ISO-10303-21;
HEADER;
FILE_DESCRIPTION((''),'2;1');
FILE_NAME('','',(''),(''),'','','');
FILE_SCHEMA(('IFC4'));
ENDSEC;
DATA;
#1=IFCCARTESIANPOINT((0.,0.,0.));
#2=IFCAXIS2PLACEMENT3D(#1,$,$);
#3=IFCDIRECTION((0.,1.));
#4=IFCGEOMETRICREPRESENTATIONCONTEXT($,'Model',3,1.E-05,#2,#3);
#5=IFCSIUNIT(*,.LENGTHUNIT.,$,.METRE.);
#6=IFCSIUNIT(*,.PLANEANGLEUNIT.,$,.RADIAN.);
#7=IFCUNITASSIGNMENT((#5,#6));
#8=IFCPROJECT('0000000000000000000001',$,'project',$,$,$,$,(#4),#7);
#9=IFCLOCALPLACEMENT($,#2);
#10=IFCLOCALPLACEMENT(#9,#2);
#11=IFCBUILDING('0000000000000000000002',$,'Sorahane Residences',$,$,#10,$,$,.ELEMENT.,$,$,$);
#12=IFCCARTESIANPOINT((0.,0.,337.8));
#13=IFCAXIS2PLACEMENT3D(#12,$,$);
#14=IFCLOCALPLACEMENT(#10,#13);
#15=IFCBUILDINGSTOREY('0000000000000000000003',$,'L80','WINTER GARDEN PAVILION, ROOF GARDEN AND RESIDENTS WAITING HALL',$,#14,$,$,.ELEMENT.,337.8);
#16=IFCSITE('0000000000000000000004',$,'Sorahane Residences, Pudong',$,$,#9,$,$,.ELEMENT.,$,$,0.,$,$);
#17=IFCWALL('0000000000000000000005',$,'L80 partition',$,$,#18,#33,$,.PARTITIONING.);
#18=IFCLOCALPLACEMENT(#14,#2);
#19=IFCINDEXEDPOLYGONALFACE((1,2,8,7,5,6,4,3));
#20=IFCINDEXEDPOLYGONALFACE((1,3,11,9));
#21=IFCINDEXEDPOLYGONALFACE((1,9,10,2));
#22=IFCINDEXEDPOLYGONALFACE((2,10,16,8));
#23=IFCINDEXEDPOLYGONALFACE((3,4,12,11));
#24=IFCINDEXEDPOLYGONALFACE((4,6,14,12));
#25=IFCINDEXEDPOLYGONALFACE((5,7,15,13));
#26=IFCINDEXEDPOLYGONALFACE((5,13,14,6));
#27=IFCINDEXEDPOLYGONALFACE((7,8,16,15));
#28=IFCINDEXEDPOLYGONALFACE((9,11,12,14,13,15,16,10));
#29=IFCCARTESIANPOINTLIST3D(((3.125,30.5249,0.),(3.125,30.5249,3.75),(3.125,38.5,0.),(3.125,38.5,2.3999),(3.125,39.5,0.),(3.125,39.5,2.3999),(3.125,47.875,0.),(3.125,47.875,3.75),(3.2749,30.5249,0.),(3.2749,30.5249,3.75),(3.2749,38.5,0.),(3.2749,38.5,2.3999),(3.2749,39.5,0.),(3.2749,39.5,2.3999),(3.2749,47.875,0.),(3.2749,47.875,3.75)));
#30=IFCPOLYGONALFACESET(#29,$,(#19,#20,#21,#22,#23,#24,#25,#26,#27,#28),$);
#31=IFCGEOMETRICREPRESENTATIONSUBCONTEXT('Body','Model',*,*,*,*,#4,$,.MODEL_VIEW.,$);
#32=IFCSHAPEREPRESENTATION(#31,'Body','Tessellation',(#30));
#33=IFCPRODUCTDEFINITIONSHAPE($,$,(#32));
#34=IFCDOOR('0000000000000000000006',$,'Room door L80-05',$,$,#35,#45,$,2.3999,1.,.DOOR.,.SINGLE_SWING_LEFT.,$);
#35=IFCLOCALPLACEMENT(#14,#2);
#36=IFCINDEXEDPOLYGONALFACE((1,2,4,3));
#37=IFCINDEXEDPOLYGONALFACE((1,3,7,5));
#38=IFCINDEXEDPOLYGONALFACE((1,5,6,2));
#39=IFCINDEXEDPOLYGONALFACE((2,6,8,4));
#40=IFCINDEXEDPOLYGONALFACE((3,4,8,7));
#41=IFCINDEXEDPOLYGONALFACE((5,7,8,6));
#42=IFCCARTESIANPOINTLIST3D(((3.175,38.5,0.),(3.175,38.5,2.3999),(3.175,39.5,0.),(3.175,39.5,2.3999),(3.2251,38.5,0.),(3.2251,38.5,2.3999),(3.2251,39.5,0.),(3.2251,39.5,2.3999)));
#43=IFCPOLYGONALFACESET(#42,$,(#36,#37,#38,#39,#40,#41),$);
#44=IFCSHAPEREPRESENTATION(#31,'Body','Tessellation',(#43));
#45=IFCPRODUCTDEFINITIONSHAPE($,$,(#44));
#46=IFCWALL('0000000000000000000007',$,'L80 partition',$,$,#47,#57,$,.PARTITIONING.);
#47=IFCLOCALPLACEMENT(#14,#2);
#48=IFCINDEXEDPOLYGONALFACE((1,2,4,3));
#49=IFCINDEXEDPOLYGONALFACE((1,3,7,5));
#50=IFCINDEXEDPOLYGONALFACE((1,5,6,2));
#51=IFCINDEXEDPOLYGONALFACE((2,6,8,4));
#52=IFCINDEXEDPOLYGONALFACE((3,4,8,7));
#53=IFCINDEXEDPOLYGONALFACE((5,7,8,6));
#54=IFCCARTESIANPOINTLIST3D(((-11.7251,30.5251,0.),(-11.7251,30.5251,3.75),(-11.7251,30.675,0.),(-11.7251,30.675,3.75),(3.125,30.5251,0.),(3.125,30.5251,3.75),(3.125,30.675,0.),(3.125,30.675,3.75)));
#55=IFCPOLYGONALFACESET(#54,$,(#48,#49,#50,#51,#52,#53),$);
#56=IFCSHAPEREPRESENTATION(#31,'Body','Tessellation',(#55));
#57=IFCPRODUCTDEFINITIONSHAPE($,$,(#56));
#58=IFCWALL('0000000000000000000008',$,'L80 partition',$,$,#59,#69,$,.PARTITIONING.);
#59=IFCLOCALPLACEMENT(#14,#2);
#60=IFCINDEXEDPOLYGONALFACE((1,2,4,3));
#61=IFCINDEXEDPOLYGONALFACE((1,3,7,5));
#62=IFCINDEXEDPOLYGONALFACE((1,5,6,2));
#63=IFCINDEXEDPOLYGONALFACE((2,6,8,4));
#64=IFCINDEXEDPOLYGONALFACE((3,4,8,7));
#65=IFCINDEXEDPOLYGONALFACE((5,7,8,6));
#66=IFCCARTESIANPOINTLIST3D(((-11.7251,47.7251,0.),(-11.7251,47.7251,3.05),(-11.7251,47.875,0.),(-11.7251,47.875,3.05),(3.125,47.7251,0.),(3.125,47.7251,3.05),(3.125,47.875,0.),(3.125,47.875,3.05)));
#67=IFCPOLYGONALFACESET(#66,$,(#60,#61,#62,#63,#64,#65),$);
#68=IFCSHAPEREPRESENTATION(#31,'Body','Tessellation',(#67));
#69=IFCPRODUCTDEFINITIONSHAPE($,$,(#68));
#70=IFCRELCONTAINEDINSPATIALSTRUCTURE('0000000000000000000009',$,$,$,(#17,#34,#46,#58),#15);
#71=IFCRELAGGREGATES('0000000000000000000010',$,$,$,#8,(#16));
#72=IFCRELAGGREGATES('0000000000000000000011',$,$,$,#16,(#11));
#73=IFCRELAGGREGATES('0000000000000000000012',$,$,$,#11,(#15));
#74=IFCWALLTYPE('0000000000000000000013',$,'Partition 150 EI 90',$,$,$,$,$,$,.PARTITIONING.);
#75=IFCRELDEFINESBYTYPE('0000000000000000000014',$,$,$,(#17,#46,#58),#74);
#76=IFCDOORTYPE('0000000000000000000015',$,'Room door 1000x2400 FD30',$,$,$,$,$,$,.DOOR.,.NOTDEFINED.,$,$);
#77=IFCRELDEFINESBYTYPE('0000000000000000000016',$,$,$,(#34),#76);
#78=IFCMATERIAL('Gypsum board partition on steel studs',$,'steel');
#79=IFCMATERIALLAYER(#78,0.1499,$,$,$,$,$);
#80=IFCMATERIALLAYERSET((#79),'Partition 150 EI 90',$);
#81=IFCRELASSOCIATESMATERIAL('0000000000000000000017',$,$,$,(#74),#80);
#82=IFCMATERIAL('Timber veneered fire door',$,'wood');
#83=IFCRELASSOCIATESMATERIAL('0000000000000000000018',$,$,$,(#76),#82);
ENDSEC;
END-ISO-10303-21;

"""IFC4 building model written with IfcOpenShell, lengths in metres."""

from ifc_helpers import new_model, si_unit, direction, frame, frame_2d, origin, place, context, subcontext, project, spatial, rectangle, extrude, material, layer, layer_set, type_object, element, fill, save


model = new_model("IFC4")

# Units and contexts
model_context = context("Model", 3, precision=1e-05, world=origin(), true_north=direction((0.0, 1.0)))
body_context = subcontext(model_context, "Body", "Model", "MODEL_VIEW")
ifc_project = project(units=[si_unit("LENGTHUNIT", "METRE"), si_unit("PLANEANGLEUNIT", "RADIAN")], contexts=[model_context])

# Site, building, storey
site_placement = place(None, origin())
site = spatial("IfcSite", under=ifc_project, at=site_placement, Name="Sorahane Residences, Pudong", CompositionType="ELEMENT", RefElevation=0.0)
building_placement = place(site_placement, origin())
building = spatial("IfcBuilding", under=site, at=building_placement, Name="Sorahane Residences", CompositionType="ELEMENT")
storey_placement = place(building_placement, frame((0.0, 0.0, 337.8)))
storey = spatial("IfcBuildingStorey", under=building, at=storey_placement, Name="L80", Description="WINTER GARDEN PAVILION, ROOF GARDEN AND RESIDENTS WAITING HALL", CompositionType="ELEMENT", Elevation=337.8)

# Shared definitions
ifc_material_1 = material(Name="Gypsum board partition on steel studs", Category="steel")
ifc_layer_1 = layer(ifc_material_1, 0.1499)
ifc_layer_set_1 = layer_set([ifc_layer_1], Name="Partition 150 EI 90")
wall_type = type_object("IfcWallType", Name="Partition 150 EI 90", PredefinedType="PARTITIONING", material=ifc_layer_set_1)

# Wall, opening, door
wall_1_placement = place(storey_placement, frame((3.2, 30.5249, 0.0), z_axis=(0.0, 0.0, 1.0), x_axis=(0.0, 1.0, 0.0)))
wall_1 = element("IfcWall", 1, at=wall_1_placement, inside=storey, type_object=wall_type, Name="L80 partition", PredefinedType="PARTITIONING", context=body_context, shape_type="SweptSolid", body=[
    extrude(rectangle(XDim=17.3501, YDim=0.1499, at=frame_2d((8.675, 0.0))), origin(), (0.0, 0.0, 1.0), 3.75),
])
opening_placement = place(wall_1_placement, frame((7.9751, 0.0, 0.0)))
opening = element("IfcOpeningElement", 2, at=opening_placement, cuts=wall_1, PredefinedType="OPENING", context=body_context, shape_type="SweptSolid", body=[
    extrude(rectangle(XDim=1.0, YDim=2.3999, at=frame_2d((0.5, 1.2))), frame((0.0, 0.085, 0.0), z_axis=(0.0, -1.0, 0.0), x_axis=(1.0, 0.0, 0.0)), (0.0, 0.0, 1.0), 0.1699),
])
ifc_material_2 = material(Name="Timber veneered fire door", Category="wood")
door_type = type_object("IfcDoorType", Name="Room door 1000x2400 FD30", OperationType="NOTDEFINED", PredefinedType="DOOR", material=ifc_material_2)
door_placement = place(opening_placement, origin())
door = element("IfcDoor", 3, at=door_placement, inside=storey, type_object=door_type, Name="Room door L80-05", OperationType="SINGLE_SWING_LEFT", OverallHeight=2.3999, OverallWidth=1.0, PredefinedType="DOOR", context=body_context, shape_type="SweptSolid", body=[
    extrude(rectangle(XDim=1.0, YDim=2.3999, at=frame_2d((0.5, 1.2))), frame((0.0, 0.0249, 0.0), z_axis=(0.0, -1.0, 0.0), x_axis=(1.0, 0.0, 0.0)), (0.0, 0.0, 1.0), 0.05),
])
fill(opening, door)

# Walls
wall_2_placement = place(storey_placement, frame((-11.7251, 30.6001, 0.0), z_axis=(0.0, 0.0, 1.0), x_axis=(1.0, 0.0, 0.0)))
element("IfcWall", 4, at=wall_2_placement, inside=storey, type_object=wall_type, Name="L80 partition", PredefinedType="PARTITIONING", context=body_context, shape_type="SweptSolid", body=[
    extrude(rectangle(XDim=14.8501, YDim=0.1499, at=frame_2d((7.425, 0.0))), origin(), (0.0, 0.0, 1.0), 3.75),
])
wall_3_placement = place(storey_placement, frame((-11.7251, 47.8, 0.0), z_axis=(0.0, 0.0, 1.0), x_axis=(1.0, 0.0, 0.0)))
element("IfcWall", 5, at=wall_3_placement, inside=storey, type_object=wall_type, Name="L80 partition", PredefinedType="PARTITIONING", context=body_context, shape_type="SweptSolid", body=[
    extrude(rectangle(XDim=14.8501, YDim=0.1499, at=frame_2d((7.425, 0.0))), origin(), (0.0, 0.0, 1.0), 3.05),
])

save(model, "model.ifc")
